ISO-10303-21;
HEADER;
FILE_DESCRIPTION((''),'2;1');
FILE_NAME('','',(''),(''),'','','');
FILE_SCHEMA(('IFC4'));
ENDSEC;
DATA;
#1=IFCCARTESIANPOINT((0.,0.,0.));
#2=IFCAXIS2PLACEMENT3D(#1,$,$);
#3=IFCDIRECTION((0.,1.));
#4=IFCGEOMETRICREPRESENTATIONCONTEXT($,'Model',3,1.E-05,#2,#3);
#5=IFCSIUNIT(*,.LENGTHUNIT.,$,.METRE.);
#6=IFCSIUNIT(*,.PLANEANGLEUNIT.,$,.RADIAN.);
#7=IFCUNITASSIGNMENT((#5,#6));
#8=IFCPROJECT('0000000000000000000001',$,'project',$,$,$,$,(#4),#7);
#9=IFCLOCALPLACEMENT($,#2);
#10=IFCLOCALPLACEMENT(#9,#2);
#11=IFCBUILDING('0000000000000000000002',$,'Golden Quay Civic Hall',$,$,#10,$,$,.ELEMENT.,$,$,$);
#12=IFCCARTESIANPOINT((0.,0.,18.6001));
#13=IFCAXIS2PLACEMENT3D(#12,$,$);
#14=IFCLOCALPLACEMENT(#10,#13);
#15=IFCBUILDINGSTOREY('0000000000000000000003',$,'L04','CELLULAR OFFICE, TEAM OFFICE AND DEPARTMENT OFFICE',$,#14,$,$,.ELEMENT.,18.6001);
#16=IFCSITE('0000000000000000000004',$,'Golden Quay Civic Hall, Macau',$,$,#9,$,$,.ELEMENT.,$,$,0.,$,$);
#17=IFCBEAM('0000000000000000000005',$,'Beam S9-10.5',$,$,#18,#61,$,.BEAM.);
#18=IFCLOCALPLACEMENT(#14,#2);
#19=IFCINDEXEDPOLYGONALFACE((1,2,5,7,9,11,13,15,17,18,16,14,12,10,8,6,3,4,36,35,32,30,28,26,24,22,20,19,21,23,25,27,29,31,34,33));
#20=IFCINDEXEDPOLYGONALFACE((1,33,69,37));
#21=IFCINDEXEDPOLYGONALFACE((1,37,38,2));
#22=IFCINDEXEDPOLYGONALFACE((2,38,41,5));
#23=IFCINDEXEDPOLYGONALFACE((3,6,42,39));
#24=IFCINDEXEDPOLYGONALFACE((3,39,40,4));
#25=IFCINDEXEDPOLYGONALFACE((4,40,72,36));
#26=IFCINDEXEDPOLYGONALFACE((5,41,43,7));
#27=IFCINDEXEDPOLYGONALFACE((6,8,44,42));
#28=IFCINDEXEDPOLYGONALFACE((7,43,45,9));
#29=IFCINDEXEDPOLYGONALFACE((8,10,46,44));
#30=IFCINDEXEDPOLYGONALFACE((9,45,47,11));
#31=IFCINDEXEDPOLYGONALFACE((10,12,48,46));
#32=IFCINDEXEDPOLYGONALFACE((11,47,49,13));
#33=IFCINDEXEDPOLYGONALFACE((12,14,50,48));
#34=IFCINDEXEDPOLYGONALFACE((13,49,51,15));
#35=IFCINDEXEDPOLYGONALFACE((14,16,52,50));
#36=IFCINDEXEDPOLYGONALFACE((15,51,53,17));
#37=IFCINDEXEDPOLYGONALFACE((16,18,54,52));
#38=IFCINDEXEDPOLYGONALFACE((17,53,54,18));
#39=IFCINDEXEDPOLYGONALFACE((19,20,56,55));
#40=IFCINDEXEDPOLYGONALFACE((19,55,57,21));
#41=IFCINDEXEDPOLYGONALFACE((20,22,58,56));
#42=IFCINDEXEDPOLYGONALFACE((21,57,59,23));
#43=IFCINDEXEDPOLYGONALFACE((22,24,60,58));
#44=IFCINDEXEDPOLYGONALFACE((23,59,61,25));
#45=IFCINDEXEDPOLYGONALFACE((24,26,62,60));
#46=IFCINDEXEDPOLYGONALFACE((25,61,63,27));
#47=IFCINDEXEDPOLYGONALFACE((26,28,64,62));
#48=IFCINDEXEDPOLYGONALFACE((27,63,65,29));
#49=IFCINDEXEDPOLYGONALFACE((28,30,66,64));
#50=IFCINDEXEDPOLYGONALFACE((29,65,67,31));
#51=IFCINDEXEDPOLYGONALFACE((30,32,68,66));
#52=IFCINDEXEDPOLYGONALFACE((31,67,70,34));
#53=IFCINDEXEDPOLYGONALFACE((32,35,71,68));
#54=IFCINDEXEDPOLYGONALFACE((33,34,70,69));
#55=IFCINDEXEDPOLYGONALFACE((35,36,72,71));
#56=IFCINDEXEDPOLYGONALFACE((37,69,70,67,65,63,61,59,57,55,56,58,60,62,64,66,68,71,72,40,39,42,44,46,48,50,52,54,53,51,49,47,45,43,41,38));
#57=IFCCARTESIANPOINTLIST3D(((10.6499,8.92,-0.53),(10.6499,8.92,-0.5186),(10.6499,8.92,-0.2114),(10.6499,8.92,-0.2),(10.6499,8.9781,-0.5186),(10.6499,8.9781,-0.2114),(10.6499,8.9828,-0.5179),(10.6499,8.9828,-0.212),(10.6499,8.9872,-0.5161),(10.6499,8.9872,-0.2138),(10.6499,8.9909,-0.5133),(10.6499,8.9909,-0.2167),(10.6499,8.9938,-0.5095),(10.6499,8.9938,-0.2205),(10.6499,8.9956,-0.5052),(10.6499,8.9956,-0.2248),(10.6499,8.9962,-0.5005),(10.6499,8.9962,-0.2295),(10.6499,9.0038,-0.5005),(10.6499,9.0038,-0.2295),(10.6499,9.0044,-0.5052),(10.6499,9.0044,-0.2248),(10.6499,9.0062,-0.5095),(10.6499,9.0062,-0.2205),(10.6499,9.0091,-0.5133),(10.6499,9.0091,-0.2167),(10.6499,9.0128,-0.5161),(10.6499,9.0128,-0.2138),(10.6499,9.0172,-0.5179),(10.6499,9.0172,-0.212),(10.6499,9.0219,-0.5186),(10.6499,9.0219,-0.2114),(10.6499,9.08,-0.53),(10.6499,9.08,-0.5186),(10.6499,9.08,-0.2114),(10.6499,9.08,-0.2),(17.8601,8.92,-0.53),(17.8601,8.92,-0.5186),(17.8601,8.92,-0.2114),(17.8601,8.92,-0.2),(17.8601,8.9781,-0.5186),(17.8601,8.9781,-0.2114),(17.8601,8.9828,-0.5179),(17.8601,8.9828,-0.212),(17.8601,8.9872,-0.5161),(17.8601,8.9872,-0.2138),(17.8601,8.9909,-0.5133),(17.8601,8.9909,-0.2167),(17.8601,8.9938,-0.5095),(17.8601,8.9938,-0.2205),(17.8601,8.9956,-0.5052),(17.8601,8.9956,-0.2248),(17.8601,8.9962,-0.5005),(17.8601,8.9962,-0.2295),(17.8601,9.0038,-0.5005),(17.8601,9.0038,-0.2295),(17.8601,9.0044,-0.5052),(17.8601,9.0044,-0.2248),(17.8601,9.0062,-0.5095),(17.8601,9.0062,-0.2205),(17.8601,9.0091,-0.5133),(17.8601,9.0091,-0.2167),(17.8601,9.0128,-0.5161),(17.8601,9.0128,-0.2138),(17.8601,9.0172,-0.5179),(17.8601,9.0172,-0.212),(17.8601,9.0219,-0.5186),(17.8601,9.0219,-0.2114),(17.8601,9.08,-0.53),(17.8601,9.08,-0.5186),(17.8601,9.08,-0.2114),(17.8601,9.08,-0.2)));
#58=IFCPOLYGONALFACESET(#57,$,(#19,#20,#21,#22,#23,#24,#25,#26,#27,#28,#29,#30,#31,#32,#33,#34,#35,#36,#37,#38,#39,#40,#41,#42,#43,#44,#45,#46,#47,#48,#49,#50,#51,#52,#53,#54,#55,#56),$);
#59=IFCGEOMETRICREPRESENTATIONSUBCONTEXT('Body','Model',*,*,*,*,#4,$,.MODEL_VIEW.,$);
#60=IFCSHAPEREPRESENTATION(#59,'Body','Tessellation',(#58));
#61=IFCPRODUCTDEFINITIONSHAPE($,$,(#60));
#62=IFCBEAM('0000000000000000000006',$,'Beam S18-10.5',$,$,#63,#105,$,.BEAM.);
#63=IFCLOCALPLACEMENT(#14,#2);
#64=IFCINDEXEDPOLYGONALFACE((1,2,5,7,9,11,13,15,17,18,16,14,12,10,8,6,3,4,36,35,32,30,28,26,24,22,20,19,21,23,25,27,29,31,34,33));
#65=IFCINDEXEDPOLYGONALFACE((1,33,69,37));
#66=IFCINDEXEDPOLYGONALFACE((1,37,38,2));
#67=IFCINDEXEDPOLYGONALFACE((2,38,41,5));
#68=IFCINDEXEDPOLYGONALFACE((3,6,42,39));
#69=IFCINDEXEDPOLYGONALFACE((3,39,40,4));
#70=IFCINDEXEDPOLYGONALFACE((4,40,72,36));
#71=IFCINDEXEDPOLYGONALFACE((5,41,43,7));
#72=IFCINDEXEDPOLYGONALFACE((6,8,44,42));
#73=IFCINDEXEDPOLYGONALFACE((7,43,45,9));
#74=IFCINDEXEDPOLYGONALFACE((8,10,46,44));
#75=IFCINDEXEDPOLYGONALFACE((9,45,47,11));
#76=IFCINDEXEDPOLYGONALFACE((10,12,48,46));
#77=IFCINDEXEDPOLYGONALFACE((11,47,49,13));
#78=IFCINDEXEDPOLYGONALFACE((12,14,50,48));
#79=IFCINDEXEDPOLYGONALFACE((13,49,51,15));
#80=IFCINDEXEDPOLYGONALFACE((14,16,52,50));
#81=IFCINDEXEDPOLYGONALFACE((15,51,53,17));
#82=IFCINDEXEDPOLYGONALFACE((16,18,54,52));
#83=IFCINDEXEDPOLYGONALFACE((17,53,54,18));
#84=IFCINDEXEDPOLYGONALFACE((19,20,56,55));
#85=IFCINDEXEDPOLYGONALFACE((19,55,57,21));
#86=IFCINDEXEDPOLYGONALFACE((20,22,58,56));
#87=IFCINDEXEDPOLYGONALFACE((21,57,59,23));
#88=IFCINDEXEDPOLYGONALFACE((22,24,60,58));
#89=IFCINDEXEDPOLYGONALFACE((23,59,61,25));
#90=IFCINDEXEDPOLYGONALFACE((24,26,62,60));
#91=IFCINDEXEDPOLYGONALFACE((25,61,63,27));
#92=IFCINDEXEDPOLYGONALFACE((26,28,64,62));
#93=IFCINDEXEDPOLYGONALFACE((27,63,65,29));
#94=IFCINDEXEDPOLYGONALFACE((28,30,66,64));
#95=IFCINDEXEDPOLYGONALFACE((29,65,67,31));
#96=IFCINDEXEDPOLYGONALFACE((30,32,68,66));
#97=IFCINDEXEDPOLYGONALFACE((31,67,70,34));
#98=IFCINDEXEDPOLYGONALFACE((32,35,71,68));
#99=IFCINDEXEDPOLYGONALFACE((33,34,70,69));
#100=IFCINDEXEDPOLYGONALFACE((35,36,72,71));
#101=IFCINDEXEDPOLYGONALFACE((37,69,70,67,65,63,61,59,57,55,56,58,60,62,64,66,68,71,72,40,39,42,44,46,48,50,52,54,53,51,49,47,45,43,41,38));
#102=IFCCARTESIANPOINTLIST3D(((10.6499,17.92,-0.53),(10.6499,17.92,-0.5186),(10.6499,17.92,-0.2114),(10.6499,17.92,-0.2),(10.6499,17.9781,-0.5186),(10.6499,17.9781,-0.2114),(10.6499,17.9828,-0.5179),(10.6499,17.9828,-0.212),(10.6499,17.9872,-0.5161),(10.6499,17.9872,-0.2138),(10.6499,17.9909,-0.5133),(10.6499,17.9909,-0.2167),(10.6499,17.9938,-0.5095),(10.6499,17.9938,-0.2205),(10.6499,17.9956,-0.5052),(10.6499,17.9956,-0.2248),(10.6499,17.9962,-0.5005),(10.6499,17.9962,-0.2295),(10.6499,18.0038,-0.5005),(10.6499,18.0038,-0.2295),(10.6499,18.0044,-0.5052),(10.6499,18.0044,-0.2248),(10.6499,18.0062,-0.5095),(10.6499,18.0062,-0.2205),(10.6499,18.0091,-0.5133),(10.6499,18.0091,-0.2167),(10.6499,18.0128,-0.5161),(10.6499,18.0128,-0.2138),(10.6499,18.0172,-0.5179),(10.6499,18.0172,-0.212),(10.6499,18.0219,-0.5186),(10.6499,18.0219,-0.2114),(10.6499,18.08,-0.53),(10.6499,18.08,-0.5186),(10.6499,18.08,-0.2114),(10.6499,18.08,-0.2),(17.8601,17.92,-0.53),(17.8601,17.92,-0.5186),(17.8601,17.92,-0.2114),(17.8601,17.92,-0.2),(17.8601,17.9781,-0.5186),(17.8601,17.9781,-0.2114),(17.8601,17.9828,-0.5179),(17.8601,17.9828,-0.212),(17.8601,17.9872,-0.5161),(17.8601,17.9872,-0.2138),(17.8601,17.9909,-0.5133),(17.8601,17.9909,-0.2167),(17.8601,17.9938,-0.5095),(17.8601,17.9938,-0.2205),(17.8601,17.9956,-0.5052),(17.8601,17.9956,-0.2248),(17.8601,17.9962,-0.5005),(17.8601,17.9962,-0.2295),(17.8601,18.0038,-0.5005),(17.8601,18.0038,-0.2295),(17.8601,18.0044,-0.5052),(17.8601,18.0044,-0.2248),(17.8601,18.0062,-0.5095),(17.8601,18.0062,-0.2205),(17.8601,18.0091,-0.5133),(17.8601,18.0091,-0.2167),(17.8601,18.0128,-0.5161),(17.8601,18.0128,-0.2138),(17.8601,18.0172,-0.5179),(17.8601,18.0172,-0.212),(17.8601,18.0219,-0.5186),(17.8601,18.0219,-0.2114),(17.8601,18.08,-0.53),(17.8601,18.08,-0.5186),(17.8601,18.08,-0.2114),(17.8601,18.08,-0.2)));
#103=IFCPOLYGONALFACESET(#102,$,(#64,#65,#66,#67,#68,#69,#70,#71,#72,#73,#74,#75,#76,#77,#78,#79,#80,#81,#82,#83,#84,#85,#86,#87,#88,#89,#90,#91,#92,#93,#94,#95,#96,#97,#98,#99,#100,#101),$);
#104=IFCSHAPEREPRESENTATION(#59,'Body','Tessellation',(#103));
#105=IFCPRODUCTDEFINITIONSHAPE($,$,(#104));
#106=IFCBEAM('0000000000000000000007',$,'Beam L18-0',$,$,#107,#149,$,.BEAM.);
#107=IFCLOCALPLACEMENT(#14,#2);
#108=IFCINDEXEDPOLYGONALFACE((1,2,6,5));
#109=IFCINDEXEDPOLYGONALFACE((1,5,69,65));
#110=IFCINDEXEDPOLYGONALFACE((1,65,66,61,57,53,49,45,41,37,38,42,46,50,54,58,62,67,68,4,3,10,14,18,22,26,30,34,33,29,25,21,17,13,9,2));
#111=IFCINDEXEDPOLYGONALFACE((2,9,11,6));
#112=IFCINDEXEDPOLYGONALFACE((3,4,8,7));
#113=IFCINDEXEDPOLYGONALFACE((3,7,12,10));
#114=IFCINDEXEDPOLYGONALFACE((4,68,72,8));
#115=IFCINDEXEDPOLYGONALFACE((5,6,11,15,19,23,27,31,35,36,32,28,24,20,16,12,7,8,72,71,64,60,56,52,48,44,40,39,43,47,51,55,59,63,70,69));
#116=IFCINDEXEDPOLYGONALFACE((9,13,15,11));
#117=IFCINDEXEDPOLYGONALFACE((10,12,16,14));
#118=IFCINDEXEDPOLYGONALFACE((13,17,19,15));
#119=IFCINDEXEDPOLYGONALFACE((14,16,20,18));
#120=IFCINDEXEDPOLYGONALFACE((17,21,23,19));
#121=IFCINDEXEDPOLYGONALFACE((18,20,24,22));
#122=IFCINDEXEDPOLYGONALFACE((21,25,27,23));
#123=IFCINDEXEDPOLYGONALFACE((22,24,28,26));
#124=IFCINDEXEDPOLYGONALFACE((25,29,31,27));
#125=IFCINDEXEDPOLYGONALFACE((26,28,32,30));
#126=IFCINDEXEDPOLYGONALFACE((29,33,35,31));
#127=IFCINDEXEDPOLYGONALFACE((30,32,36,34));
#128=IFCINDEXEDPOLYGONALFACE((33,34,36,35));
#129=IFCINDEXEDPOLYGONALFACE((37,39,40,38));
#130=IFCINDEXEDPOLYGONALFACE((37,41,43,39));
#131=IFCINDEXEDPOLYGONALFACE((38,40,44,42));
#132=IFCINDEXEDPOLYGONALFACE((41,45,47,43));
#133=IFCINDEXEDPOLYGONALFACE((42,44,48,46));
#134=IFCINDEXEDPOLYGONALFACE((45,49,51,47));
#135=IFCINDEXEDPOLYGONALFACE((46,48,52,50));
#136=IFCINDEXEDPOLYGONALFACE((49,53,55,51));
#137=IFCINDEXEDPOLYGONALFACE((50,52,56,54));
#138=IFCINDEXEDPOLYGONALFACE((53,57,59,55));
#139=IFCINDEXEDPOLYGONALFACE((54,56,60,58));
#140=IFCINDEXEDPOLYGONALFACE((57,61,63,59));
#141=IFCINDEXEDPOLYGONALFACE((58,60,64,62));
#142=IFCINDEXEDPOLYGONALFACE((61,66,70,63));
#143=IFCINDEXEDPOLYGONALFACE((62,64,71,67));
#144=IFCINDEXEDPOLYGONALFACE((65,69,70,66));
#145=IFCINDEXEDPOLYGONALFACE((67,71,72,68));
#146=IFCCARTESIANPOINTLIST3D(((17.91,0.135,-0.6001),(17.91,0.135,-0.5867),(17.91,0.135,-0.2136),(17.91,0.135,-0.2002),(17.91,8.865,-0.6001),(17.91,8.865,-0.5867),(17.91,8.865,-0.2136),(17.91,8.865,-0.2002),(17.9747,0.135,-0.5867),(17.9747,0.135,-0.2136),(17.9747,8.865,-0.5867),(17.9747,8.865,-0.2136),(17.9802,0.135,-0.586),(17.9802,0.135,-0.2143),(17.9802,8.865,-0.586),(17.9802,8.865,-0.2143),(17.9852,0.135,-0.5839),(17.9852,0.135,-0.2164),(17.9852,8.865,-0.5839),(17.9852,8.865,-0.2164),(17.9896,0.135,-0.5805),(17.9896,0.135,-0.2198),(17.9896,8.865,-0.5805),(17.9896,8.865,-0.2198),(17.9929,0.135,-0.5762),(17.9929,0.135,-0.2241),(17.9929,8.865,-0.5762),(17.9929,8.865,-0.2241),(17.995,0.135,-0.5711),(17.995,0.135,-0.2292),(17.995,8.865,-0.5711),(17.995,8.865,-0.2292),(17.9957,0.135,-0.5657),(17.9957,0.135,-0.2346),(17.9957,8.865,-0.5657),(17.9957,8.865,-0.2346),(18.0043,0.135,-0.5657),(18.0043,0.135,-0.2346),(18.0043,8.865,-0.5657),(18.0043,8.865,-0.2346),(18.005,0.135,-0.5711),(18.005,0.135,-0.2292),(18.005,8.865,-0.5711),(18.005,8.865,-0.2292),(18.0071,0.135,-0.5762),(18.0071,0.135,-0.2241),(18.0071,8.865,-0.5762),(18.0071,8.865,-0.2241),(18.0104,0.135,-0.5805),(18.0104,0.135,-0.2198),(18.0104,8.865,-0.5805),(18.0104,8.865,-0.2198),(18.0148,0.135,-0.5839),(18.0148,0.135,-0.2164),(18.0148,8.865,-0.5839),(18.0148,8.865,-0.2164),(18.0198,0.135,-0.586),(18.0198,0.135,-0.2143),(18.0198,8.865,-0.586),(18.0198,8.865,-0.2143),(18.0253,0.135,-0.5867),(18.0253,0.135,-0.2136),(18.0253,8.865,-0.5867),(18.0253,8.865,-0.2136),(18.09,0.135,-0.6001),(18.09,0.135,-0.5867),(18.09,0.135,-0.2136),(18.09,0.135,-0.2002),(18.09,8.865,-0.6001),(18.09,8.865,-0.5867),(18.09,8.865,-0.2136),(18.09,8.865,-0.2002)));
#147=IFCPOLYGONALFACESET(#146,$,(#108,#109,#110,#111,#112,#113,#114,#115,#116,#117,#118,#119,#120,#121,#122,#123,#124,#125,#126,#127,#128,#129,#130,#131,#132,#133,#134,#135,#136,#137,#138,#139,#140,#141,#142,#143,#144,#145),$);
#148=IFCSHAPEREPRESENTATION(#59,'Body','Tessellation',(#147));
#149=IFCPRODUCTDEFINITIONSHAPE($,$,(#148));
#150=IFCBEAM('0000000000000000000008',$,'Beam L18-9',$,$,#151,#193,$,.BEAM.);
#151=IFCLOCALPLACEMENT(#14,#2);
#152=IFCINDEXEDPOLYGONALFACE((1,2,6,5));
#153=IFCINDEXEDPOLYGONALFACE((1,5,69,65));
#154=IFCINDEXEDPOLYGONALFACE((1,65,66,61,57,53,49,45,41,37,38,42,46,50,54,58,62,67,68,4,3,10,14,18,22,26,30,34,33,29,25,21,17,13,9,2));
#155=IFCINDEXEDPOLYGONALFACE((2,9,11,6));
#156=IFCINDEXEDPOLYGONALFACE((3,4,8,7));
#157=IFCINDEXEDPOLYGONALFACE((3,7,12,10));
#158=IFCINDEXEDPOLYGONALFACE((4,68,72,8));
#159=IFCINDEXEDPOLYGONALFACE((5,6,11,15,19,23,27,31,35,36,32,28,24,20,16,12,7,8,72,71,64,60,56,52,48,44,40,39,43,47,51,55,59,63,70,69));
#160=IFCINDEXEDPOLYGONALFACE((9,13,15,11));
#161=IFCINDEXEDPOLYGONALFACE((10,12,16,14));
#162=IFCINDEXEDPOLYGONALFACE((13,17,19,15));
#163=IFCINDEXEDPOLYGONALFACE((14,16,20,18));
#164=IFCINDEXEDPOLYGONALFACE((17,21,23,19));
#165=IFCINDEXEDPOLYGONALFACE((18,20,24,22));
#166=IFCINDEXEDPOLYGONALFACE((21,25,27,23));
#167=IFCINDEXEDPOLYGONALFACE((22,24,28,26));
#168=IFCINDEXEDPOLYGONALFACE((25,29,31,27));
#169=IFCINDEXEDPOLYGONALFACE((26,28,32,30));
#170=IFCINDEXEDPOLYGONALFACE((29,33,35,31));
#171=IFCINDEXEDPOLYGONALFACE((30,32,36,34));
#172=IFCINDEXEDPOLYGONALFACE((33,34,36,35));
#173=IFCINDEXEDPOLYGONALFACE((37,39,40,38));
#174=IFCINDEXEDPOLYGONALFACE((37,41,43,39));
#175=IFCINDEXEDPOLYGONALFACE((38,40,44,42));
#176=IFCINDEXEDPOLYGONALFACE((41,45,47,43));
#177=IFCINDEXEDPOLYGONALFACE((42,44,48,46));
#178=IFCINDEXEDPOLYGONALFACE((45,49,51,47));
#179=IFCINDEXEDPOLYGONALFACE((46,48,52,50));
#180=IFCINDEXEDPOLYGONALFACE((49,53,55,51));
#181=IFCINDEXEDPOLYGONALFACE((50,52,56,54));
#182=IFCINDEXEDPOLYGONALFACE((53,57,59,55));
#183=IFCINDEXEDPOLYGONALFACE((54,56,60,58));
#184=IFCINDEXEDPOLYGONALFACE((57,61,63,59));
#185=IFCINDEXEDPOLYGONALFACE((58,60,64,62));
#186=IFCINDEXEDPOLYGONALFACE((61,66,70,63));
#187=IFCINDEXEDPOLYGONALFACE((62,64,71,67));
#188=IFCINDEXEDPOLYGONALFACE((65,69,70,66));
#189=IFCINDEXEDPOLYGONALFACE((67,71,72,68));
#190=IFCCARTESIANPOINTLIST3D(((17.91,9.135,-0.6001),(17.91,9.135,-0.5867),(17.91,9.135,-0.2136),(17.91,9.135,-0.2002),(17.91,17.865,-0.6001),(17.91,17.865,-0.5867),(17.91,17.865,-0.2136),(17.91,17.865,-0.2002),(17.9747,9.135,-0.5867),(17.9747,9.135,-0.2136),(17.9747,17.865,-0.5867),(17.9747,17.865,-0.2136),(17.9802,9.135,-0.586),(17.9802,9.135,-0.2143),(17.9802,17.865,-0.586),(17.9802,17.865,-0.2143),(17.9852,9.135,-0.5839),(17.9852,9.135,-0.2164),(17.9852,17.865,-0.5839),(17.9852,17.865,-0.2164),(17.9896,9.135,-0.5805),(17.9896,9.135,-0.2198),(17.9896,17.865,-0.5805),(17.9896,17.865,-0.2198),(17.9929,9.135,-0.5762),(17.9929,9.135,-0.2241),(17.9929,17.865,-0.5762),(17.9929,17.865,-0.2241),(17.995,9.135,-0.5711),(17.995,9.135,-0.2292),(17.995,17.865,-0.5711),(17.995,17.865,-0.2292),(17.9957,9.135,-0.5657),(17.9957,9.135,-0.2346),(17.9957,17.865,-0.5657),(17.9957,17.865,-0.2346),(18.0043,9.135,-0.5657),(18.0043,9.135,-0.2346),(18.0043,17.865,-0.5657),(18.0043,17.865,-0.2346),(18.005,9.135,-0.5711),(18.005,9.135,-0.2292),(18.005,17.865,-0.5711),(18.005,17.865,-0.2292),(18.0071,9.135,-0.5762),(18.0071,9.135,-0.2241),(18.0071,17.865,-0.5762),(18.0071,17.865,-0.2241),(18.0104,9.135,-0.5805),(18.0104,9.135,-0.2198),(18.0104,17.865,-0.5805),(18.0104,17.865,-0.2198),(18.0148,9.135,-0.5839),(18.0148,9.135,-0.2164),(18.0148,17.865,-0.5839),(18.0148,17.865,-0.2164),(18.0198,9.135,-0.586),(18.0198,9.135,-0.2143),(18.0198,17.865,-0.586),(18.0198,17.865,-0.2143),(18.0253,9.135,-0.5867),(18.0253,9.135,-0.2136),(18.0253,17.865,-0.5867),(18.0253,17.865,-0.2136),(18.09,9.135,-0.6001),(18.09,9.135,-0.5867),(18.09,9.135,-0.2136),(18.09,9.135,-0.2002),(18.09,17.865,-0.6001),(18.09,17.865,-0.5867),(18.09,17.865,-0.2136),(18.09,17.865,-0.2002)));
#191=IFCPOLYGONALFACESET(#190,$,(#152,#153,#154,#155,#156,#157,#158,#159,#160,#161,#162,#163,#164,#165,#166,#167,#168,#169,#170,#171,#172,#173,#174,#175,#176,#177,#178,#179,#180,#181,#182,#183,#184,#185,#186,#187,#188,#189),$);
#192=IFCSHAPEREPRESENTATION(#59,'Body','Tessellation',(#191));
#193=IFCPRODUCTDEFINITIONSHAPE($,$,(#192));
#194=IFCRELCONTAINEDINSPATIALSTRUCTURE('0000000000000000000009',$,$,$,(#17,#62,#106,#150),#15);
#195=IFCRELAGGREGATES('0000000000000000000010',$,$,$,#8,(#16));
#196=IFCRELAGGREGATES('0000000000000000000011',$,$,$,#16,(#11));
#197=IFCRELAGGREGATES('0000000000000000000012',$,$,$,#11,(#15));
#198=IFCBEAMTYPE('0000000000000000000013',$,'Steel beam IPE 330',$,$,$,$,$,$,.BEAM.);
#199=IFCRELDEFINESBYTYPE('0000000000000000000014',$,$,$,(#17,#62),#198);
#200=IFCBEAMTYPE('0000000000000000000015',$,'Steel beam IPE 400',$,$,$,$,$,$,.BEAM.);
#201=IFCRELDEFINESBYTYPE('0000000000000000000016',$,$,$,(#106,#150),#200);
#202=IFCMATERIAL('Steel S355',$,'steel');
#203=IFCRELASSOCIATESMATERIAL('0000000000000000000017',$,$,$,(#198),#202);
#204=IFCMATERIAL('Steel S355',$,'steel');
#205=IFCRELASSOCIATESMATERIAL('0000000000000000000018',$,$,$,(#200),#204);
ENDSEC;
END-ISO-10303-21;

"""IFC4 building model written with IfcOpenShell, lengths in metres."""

from ifc_helpers import new_model, si_unit, direction, frame, origin, origin_2d, place, context, subcontext, project, spatial, i_section, extrude, material, material_profile, profile_set, type_object, element, save


model = new_model("IFC4")

# Units and contexts
model_context = context("Model", 3, precision=1e-05, world=origin(), true_north=direction((0.0, 1.0)))
body_context = subcontext(model_context, "Body", "Model", "MODEL_VIEW")
ifc_project = project(units=[si_unit("LENGTHUNIT", "METRE"), si_unit("PLANEANGLEUNIT", "RADIAN")], contexts=[model_context])

# Site, building, storey
site_placement = place(None, origin())
site = spatial("IfcSite", under=ifc_project, at=site_placement, Name="Golden Quay Civic Hall, Macau", CompositionType="ELEMENT", RefElevation=0.0)
building_placement = place(site_placement, origin())
building = spatial("IfcBuilding", under=site, at=building_placement, Name="Golden Quay Civic Hall", CompositionType="ELEMENT")
storey_placement = place(building_placement, frame((0.0, 0.0, 18.6001)))
storey = spatial("IfcBuildingStorey", under=building, at=storey_placement, Name="L04", Description="CELLULAR OFFICE, TEAM OFFICE AND DEPARTMENT OFFICE", CompositionType="ELEMENT", Elevation=18.6001)

# Beams
ifc_material_1 = material(Name="Steel S355", Category="steel")
ifc_material_profile_1 = material_profile(ifc_material_1, i_section(OverallWidth=0.1599, OverallDepth=0.3301, WebThickness=0.0076, FlangeThickness=0.0115, FilletRadius=0.0181, at=origin_2d()), Name="IPE 330")
ifc_profile_set_1 = profile_set([ifc_material_profile_1], Name="Steel S355")
beam_type_1 = type_object("IfcBeamType", Name="Steel beam IPE 330", PredefinedType="BEAM", material=ifc_profile_set_1)
for number, where, z_axis, x_axis, name in (
    (1, (10.6499, 9.0, -0.365), (1.0, 0.0, 0.0), (0.0, 1.0, 0.0), "Beam S9-10.5"),
    (2, (10.6499, 18.0, -0.365), (1.0, 0.0, 0.0), (0.0, 1.0, 0.0), "Beam S18-10.5"),
):
    element("IfcBeam", number, at=place(storey_placement, frame(where, z_axis=z_axis, x_axis=x_axis)), inside=storey, type_object=beam_type_1, Name=name, PredefinedType="BEAM", context=body_context, shape_type="SweptSolid", body=[
        extrude(i_section(OverallWidth=0.1599, OverallDepth=0.3301, WebThickness=0.0076, FlangeThickness=0.0115, FilletRadius=0.0181, at=origin_2d()), origin(), (0.0, 0.0, 1.0), 7.2102),
    ])
ifc_material_2 = material(Name="Steel S355", Category="steel")
ifc_material_profile_2 = material_profile(ifc_material_2, i_section(OverallWidth=0.1799, OverallDepth=0.3999, WebThickness=0.0085, FlangeThickness=0.0134, FilletRadius=0.021, at=origin_2d()), Name="IPE 400")
ifc_profile_set_2 = profile_set([ifc_material_profile_2], Name="Steel S355")
beam_type_2 = type_object("IfcBeamType", Name="Steel beam IPE 400", PredefinedType="BEAM", material=ifc_profile_set_2)
for number, where, z_axis, x_axis, name in (
    (3, (18.0, 0.135, -0.4001), (0.0, 1.0, 0.0), (-1.0, 0.0, 0.0), "Beam L18-0"),
    (4, (18.0, 9.135, -0.4001), (0.0, 1.0, 0.0), (-1.0, 0.0, 0.0), "Beam L18-9"),
):
    element("IfcBeam", number, at=place(storey_placement, frame(where, z_axis=z_axis, x_axis=x_axis)), inside=storey, type_object=beam_type_2, Name=name, PredefinedType="BEAM", context=body_context, shape_type="SweptSolid", body=[
        extrude(i_section(OverallWidth=0.1799, OverallDepth=0.3999, WebThickness=0.0085, FlangeThickness=0.0134, FilletRadius=0.021, at=origin_2d()), origin(), (0.0, 0.0, 1.0), 8.73),
    ])

save(model, "model.ifc")
